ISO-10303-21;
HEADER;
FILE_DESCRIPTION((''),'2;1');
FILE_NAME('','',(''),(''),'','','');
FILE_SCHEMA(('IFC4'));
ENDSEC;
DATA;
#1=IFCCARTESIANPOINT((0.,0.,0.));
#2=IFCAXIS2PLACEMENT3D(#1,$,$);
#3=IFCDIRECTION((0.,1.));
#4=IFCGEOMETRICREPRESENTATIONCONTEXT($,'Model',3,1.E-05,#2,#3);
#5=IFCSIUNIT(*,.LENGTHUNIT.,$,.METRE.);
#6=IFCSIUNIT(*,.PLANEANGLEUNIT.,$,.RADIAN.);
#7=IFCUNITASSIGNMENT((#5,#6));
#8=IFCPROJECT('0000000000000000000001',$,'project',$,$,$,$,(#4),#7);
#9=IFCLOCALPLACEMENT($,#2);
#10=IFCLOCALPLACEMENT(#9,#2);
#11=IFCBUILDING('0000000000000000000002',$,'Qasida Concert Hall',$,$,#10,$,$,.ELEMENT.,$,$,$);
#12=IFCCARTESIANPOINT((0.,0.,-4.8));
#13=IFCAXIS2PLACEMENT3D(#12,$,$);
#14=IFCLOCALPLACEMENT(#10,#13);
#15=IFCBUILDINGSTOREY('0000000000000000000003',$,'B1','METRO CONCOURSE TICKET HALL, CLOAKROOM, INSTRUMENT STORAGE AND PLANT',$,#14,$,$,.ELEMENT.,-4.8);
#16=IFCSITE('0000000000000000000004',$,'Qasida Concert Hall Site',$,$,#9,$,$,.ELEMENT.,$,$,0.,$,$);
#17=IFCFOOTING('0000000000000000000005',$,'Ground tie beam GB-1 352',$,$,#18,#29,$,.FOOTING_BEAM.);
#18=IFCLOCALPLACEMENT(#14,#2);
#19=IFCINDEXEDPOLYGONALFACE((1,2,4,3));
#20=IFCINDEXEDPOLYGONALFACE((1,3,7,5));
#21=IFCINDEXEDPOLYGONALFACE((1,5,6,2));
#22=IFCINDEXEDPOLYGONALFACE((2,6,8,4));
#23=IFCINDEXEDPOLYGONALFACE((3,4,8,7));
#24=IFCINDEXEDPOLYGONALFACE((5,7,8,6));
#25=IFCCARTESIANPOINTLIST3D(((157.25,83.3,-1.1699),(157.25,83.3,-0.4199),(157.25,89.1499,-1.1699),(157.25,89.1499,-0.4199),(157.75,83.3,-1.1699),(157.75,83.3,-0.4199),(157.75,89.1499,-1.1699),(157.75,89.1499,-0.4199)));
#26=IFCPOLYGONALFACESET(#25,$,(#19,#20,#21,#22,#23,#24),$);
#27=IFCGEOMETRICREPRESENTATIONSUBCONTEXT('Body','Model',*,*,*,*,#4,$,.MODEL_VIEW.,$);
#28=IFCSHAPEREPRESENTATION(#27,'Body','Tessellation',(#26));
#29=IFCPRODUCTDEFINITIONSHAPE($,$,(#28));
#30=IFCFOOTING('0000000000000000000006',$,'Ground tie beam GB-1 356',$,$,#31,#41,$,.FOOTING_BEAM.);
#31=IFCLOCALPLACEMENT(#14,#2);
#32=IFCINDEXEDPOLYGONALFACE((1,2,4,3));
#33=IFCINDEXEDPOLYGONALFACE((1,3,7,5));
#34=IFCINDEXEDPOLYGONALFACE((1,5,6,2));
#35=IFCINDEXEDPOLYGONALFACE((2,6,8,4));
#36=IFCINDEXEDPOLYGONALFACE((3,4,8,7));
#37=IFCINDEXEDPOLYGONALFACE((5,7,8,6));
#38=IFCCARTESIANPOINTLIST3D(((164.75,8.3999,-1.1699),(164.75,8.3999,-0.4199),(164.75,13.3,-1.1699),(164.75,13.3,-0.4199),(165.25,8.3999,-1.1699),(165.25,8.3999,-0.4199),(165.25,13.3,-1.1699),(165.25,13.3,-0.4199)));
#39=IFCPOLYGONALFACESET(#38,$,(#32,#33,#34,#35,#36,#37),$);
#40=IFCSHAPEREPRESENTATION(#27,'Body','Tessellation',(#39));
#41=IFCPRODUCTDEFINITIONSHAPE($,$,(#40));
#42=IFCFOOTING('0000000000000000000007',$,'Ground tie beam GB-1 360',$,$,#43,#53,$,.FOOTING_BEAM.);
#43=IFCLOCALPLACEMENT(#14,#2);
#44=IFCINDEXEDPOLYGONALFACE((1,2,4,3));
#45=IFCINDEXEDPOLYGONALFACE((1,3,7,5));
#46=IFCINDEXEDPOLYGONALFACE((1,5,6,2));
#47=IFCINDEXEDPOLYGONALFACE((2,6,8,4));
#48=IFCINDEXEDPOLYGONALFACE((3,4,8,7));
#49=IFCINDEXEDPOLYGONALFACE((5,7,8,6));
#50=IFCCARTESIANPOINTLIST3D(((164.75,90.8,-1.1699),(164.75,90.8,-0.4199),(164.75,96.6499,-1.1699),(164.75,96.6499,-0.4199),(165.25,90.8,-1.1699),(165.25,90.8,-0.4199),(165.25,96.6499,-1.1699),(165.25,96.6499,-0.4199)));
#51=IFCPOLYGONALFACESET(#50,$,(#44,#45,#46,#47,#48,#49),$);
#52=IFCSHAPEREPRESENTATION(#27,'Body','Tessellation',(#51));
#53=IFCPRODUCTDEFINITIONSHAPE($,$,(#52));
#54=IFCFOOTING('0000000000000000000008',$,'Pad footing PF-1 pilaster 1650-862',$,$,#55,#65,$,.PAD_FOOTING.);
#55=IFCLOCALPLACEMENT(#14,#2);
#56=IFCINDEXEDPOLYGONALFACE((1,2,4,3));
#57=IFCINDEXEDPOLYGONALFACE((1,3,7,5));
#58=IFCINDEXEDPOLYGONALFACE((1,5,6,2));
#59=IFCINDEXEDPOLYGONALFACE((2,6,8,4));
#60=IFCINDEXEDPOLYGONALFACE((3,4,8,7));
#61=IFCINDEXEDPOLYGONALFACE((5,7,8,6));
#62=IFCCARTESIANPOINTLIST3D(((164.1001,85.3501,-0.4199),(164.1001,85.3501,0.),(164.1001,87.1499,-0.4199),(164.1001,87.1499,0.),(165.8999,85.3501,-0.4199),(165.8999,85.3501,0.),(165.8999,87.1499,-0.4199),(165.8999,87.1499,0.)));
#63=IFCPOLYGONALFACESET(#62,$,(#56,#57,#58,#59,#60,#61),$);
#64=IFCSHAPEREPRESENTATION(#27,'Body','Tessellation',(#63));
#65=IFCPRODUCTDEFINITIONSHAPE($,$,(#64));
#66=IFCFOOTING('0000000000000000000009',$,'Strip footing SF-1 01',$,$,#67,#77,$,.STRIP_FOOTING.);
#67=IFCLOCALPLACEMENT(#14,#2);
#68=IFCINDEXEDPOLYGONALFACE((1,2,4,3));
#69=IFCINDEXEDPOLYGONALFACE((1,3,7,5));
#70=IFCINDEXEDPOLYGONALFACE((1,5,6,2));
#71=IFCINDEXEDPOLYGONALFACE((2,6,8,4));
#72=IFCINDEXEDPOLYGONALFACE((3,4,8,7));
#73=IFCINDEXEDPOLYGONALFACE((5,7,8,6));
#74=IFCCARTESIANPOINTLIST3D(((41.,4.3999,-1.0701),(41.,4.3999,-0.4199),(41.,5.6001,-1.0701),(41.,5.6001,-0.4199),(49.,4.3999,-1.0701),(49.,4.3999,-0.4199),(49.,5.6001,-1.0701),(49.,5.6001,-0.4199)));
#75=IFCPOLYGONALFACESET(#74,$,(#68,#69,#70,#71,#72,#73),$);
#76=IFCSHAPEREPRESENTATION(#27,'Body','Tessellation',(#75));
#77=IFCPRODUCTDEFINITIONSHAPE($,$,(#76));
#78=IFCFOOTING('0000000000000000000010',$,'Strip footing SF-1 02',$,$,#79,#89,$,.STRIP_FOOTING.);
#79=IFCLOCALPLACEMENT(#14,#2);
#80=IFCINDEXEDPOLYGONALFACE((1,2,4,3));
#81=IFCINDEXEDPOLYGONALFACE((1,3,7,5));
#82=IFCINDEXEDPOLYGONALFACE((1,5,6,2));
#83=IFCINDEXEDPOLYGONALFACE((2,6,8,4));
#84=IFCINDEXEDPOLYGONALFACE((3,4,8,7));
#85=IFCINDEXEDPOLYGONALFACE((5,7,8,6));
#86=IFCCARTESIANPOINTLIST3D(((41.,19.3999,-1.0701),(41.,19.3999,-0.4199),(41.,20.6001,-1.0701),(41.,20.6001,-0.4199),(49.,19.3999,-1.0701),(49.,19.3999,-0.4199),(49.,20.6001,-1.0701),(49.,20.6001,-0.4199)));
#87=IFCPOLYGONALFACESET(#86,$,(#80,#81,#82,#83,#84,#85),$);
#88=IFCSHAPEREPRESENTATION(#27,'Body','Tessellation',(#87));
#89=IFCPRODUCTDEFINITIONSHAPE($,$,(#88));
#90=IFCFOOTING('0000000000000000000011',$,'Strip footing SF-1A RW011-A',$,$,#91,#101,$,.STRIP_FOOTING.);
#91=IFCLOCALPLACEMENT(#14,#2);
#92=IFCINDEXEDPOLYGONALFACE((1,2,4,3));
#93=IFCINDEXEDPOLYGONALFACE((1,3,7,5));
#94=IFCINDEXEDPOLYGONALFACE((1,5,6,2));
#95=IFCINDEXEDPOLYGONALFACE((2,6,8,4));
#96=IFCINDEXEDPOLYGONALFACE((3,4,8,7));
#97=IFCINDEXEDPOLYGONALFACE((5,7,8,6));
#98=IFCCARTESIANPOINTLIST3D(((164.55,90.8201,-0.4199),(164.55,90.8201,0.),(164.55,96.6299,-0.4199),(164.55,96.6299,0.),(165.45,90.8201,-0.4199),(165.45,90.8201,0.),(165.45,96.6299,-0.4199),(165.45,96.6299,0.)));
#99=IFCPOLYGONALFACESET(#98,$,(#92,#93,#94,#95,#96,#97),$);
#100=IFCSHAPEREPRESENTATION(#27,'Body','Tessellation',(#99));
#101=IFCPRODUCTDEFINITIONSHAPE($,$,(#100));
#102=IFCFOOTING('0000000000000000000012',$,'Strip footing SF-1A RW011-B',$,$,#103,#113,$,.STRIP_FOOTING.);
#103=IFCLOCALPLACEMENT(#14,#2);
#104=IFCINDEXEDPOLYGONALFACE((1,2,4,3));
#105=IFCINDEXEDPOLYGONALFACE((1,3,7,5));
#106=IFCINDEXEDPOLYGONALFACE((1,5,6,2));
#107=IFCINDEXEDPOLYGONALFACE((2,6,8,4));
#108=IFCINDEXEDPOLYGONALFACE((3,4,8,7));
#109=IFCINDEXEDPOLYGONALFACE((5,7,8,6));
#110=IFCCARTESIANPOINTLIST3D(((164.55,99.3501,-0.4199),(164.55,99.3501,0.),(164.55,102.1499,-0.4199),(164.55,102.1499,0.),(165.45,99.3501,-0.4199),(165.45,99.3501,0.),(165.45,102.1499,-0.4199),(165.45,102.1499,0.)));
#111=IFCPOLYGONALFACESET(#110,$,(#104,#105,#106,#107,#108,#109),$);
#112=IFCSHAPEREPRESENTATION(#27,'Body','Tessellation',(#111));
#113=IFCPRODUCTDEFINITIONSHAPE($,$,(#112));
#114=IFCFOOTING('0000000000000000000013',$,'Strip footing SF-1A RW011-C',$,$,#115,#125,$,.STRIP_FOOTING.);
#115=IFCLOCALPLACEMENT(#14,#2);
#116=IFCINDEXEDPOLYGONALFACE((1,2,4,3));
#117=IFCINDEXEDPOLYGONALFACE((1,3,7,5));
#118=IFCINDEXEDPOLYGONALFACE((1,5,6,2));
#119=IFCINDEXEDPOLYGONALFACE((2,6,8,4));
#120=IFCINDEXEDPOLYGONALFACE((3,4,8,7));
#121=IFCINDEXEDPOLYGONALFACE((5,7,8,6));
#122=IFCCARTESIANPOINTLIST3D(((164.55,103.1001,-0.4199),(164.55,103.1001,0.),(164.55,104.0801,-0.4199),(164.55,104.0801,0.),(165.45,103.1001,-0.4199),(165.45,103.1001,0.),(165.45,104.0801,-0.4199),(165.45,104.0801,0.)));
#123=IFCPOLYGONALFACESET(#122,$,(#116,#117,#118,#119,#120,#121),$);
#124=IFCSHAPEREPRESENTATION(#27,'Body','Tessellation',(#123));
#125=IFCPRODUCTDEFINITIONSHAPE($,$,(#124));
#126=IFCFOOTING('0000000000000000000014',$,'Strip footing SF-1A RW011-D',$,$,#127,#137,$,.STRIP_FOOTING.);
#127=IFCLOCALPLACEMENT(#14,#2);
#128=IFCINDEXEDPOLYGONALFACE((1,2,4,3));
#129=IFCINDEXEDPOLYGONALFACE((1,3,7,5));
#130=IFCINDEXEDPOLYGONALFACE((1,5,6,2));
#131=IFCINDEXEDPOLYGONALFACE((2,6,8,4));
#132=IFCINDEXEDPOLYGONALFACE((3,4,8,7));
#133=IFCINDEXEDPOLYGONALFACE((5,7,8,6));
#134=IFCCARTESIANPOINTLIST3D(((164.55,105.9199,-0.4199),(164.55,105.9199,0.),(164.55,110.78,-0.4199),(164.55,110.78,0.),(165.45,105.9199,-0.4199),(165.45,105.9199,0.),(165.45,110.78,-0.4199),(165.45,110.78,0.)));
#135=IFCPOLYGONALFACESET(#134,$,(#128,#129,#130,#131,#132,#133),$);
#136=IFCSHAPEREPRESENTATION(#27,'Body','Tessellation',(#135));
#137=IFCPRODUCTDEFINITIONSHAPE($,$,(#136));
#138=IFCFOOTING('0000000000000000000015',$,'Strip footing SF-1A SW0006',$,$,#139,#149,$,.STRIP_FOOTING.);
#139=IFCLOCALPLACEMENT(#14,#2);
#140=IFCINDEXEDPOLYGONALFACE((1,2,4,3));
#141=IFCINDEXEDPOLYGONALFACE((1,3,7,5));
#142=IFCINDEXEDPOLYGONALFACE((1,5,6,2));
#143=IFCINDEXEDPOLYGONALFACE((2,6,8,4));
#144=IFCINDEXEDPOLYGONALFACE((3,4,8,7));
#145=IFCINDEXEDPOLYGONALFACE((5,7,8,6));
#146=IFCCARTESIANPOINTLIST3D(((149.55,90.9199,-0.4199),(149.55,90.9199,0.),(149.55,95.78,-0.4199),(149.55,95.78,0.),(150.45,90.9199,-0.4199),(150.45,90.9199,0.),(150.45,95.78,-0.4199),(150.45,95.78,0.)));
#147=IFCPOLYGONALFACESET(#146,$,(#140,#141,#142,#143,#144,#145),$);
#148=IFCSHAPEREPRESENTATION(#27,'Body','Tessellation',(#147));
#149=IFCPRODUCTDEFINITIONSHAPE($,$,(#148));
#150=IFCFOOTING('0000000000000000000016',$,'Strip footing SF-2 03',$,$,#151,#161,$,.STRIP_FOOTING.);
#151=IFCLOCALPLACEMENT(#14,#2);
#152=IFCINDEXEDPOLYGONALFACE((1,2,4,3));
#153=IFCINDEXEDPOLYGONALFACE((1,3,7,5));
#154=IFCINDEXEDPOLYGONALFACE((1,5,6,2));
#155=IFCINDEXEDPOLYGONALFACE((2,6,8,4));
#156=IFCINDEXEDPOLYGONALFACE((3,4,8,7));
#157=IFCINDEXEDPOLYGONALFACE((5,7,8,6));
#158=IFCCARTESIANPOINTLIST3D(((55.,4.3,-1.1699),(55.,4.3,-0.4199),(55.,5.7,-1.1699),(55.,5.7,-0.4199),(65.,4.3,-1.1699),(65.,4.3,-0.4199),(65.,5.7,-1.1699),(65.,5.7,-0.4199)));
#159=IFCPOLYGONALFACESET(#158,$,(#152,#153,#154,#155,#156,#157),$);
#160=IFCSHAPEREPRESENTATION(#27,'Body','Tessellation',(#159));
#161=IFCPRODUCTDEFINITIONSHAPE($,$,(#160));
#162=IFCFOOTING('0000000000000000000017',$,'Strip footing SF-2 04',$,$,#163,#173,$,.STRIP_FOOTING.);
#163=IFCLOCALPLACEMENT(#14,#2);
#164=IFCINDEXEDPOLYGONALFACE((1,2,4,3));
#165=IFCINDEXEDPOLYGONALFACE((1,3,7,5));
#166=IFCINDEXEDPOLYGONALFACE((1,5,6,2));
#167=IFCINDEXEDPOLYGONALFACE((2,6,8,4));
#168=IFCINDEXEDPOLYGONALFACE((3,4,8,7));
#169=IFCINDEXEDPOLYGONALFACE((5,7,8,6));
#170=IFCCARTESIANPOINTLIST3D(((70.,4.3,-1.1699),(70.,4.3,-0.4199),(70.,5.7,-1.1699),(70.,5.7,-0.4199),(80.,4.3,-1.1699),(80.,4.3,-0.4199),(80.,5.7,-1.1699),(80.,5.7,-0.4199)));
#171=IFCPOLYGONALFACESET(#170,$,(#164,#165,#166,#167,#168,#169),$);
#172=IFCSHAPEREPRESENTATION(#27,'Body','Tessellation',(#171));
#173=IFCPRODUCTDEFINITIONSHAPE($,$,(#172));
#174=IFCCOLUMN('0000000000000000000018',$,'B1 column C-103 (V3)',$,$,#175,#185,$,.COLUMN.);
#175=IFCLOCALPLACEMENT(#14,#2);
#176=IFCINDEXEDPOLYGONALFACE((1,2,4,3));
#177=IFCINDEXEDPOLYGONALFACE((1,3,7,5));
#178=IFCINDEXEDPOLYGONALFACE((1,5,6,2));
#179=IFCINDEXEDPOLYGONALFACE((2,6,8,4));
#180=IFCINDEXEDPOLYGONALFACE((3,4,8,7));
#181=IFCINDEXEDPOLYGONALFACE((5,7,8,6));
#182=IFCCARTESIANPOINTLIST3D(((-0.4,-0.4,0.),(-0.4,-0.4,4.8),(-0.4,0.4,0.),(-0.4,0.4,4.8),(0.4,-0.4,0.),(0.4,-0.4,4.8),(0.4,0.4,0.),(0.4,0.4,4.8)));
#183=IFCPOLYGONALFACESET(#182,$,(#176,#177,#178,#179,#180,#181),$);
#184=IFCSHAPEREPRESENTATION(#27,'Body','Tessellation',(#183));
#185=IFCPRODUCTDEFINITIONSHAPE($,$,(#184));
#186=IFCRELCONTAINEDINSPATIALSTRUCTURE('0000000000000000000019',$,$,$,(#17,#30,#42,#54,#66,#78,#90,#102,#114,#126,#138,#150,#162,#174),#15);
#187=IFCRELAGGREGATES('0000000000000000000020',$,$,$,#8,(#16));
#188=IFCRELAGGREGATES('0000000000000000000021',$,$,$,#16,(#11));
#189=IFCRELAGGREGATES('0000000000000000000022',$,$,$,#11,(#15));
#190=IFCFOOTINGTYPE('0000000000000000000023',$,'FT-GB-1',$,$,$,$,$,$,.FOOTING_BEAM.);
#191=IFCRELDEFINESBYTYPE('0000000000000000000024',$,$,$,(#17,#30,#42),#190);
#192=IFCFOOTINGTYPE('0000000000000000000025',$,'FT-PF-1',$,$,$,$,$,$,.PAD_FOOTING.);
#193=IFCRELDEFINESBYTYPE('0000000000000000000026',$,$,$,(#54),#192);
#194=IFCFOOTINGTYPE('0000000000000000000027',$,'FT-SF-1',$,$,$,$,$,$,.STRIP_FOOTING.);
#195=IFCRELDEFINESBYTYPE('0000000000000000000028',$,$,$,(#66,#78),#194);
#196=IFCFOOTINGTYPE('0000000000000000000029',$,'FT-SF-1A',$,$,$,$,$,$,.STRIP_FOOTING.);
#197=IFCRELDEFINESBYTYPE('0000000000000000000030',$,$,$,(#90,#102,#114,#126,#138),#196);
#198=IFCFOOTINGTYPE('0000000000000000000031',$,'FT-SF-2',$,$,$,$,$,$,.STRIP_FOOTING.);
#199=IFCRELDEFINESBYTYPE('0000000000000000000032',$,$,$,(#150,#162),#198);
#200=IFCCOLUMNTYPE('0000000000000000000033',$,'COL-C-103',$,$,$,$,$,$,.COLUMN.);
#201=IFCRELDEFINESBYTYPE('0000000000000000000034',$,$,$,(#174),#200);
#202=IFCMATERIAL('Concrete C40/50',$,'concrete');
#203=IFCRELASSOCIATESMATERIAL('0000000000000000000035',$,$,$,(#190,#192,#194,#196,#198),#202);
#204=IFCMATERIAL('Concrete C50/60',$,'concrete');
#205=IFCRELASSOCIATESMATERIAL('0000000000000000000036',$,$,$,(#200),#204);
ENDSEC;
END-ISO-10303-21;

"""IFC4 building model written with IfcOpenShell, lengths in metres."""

from ifc_helpers import new_model, si_unit, direction, frame, origin, origin_with_axes, origin_2d, place, context, subcontext, project, spatial, polyline, rectangle, outline, extrude, material, material_profile, profile_set, type_object, element, save


model = new_model("IFC4")

# Units and contexts
model_context = context("Model", 3, precision=1e-05, world=origin(), true_north=direction((0.0, 1.0)))
body_context = subcontext(model_context, "Body", "Model", "MODEL_VIEW")
ifc_project = project(units=[si_unit("LENGTHUNIT", "METRE"), si_unit("PLANEANGLEUNIT", "RADIAN")], contexts=[model_context])

# Site, building, storey
site_placement = place(None, origin())
site = spatial("IfcSite", under=ifc_project, at=site_placement, Name="Qasida Concert Hall Site", CompositionType="ELEMENT", RefElevation=0.0)
building_placement = place(site_placement, origin())
building = spatial("IfcBuilding", under=site, at=building_placement, Name="Qasida Concert Hall", CompositionType="ELEMENT")
storey_placement = place(building_placement, frame((0.0, 0.0, -4.8)))
storey = spatial("IfcBuildingStorey", under=building, at=storey_placement, Name="B1", Description="METRO CONCOURSE TICKET HALL, CLOAKROOM, INSTRUMENT STORAGE AND PLANT", CompositionType="ELEMENT", Elevation=-4.8)

# Footings
ifc_material_1 = material(Name="Concrete C40/50", Category="concrete")
footing_type_1 = type_object("IfcFootingType", Name="FT-GB-1", PredefinedType="FOOTING_BEAM", material=ifc_material_1)
footing_1_placement = place(storey_placement, frame((0.0, 0.0, -1.1699)))
element("IfcFooting", 1, at=footing_1_placement, inside=storey, type_object=footing_type_1, Name="Ground tie beam GB-1 352", PredefinedType="FOOTING_BEAM", context=body_context, shape_type="SweptSolid", body=[
    extrude(outline(polyline([(157.25, 83.3), (157.75, 83.3), (157.75, 89.1499), (157.25, 89.1499), (157.25, 83.3)])), origin(), (0.0, 0.0, 1.0), 0.75),
])
footing_2_placement = place(storey_placement, frame((0.0, 0.0, -1.1699)))
element("IfcFooting", 2, at=footing_2_placement, inside=storey, type_object=footing_type_1, Name="Ground tie beam GB-1 356", PredefinedType="FOOTING_BEAM", context=body_context, shape_type="SweptSolid", body=[
    extrude(outline(polyline([(164.75, 8.3999), (165.25, 8.3999), (165.25, 13.3), (164.75, 13.3), (164.75, 8.3999)])), origin(), (0.0, 0.0, 1.0), 0.75),
])
footing_3_placement = place(storey_placement, frame((0.0, 0.0, -1.1699)))
element("IfcFooting", 3, at=footing_3_placement, inside=storey, type_object=footing_type_1, Name="Ground tie beam GB-1 360", PredefinedType="FOOTING_BEAM", context=body_context, shape_type="SweptSolid", body=[
    extrude(outline(polyline([(164.75, 90.8), (165.25, 90.8), (165.25, 96.6499), (164.75, 96.6499), (164.75, 90.8)])), origin(), (0.0, 0.0, 1.0), 0.75),
])
footing_type_2 = type_object("IfcFootingType", Name="FT-PF-1", PredefinedType="PAD_FOOTING", material=ifc_material_1)
footing_4_placement = place(storey_placement, frame((0.0, 0.0, -0.4199)))
element("IfcFooting", 4, at=footing_4_placement, inside=storey, type_object=footing_type_2, Name="Pad footing PF-1 pilaster 1650-862", PredefinedType="PAD_FOOTING", context=body_context, shape_type="SweptSolid", body=[
    extrude(outline(polyline([(164.1001, 85.3501), (165.8999, 85.3501), (165.8999, 87.1499), (164.1001, 87.1499), (164.1001, 85.3501)])), origin(), (0.0, 0.0, 1.0), 0.4199),
])
footing_type_3 = type_object("IfcFootingType", Name="FT-SF-1", PredefinedType="STRIP_FOOTING", material=ifc_material_1)
footing_5_placement = place(storey_placement, frame((0.0, 0.0, -1.0701)))
element("IfcFooting", 5, at=footing_5_placement, inside=storey, type_object=footing_type_3, Name="Strip footing SF-1 01", PredefinedType="STRIP_FOOTING", context=body_context, shape_type="SweptSolid", body=[
    extrude(outline(polyline([(41.0, 4.3999), (49.0, 4.3999), (49.0, 5.6001), (41.0, 5.6001), (41.0, 4.3999)])), origin(), (0.0, 0.0, 1.0), 0.6501),
])
footing_6_placement = place(storey_placement, frame((0.0, 0.0, -1.0701)))
element("IfcFooting", 6, at=footing_6_placement, inside=storey, type_object=footing_type_3, Name="Strip footing SF-1 02", PredefinedType="STRIP_FOOTING", context=body_context, shape_type="SweptSolid", body=[
    extrude(outline(polyline([(41.0, 19.3999), (49.0, 19.3999), (49.0, 20.6001), (41.0, 20.6001), (41.0, 19.3999)])), origin(), (0.0, 0.0, 1.0), 0.6501),
])
footing_type_4 = type_object("IfcFootingType", Name="FT-SF-1A", PredefinedType="STRIP_FOOTING", material=ifc_material_1)
footing_7_placement = place(storey_placement, frame((0.0, 0.0, -0.4199)))
element("IfcFooting", 7, at=footing_7_placement, inside=storey, type_object=footing_type_4, Name="Strip footing SF-1A RW011-A", PredefinedType="STRIP_FOOTING", context=body_context, shape_type="SweptSolid", body=[
    extrude(outline(polyline([(164.55, 90.8201), (165.45, 90.8201), (165.45, 96.6299), (164.55, 96.6299), (164.55, 90.8201)])), origin(), (0.0, 0.0, 1.0), 0.4199),
])
footing_8_placement = place(storey_placement, frame((0.0, 0.0, -0.4199)))
element("IfcFooting", 8, at=footing_8_placement, inside=storey, type_object=footing_type_4, Name="Strip footing SF-1A RW011-B", PredefinedType="STRIP_FOOTING", context=body_context, shape_type="SweptSolid", body=[
    extrude(outline(polyline([(164.55, 99.3501), (165.45, 99.3501), (165.45, 102.1499), (164.55, 102.1499), (164.55, 99.3501)])), origin(), (0.0, 0.0, 1.0), 0.4199),
])
footing_9_placement = place(storey_placement, frame((0.0, 0.0, -0.4199)))
element("IfcFooting", 9, at=footing_9_placement, inside=storey, type_object=footing_type_4, Name="Strip footing SF-1A RW011-C", PredefinedType="STRIP_FOOTING", context=body_context, shape_type="SweptSolid", body=[
    extrude(outline(polyline([(164.55, 103.1001), (165.45, 103.1001), (165.45, 104.0801), (164.55, 104.0801), (164.55, 103.1001)])), origin(), (0.0, 0.0, 1.0), 0.4199),
])
footing_10_placement = place(storey_placement, frame((0.0, 0.0, -0.4199)))
element("IfcFooting", 10, at=footing_10_placement, inside=storey, type_object=footing_type_4, Name="Strip footing SF-1A RW011-D", PredefinedType="STRIP_FOOTING", context=body_context, shape_type="SweptSolid", body=[
    extrude(outline(polyline([(164.55, 105.9199), (165.45, 105.9199), (165.45, 110.78), (164.55, 110.78), (164.55, 105.9199)])), origin(), (0.0, 0.0, 1.0), 0.4199),
])
footing_11_placement = place(storey_placement, frame((0.0, 0.0, -0.4199)))
element("IfcFooting", 11, at=footing_11_placement, inside=storey, type_object=footing_type_4, Name="Strip footing SF-1A SW0006", PredefinedType="STRIP_FOOTING", context=body_context, shape_type="SweptSolid", body=[
    extrude(outline(polyline([(149.55, 90.9199), (150.45, 90.9199), (150.45, 95.78), (149.55, 95.78), (149.55, 90.9199)])), origin(), (0.0, 0.0, 1.0), 0.4199),
])
footing_type_5 = type_object("IfcFootingType", Name="FT-SF-2", PredefinedType="STRIP_FOOTING", material=ifc_material_1)
footing_12_placement = place(storey_placement, frame((0.0, 0.0, -1.1699)))
element("IfcFooting", 12, at=footing_12_placement, inside=storey, type_object=footing_type_5, Name="Strip footing SF-2 03", PredefinedType="STRIP_FOOTING", context=body_context, shape_type="SweptSolid", body=[
    extrude(outline(polyline([(55.0, 4.3), (65.0, 4.3), (65.0, 5.7), (55.0, 5.7), (55.0, 4.3)])), origin(), (0.0, 0.0, 1.0), 0.75),
])
footing_13_placement = place(storey_placement, frame((0.0, 0.0, -1.1699)))
element("IfcFooting", 13, at=footing_13_placement, inside=storey, type_object=footing_type_5, Name="Strip footing SF-2 04", PredefinedType="STRIP_FOOTING", context=body_context, shape_type="SweptSolid", body=[
    extrude(outline(polyline([(70.0, 4.3), (80.0, 4.3), (80.0, 5.7), (70.0, 5.7), (70.0, 4.3)])), origin(), (0.0, 0.0, 1.0), 0.75),
])

# Column
ifc_material_2 = material(Name="Concrete C50/60", Category="concrete")
ifc_material_profile = material_profile(ifc_material_2, rectangle(XDim=0.8, YDim=0.8, at=origin_2d()), Name="RC 800x800")
ifc_profile_set = profile_set([ifc_material_profile], Name="Concrete C50/60")
column_type = type_object("IfcColumnType", Name="COL-C-103", PredefinedType="COLUMN", material=ifc_profile_set)
column_placement = place(storey_placement, origin_with_axes())
element("IfcColumn", 14, at=column_placement, inside=storey, type_object=column_type, Name="B1 column C-103 (V3)", PredefinedType="COLUMN", context=body_context, shape_type="SweptSolid", body=[
    extrude(rectangle(XDim=0.8, YDim=0.8, at=origin_2d()), origin(), (0.0, 0.0, 1.0), 4.8),
])

save(model, "model.ifc")
